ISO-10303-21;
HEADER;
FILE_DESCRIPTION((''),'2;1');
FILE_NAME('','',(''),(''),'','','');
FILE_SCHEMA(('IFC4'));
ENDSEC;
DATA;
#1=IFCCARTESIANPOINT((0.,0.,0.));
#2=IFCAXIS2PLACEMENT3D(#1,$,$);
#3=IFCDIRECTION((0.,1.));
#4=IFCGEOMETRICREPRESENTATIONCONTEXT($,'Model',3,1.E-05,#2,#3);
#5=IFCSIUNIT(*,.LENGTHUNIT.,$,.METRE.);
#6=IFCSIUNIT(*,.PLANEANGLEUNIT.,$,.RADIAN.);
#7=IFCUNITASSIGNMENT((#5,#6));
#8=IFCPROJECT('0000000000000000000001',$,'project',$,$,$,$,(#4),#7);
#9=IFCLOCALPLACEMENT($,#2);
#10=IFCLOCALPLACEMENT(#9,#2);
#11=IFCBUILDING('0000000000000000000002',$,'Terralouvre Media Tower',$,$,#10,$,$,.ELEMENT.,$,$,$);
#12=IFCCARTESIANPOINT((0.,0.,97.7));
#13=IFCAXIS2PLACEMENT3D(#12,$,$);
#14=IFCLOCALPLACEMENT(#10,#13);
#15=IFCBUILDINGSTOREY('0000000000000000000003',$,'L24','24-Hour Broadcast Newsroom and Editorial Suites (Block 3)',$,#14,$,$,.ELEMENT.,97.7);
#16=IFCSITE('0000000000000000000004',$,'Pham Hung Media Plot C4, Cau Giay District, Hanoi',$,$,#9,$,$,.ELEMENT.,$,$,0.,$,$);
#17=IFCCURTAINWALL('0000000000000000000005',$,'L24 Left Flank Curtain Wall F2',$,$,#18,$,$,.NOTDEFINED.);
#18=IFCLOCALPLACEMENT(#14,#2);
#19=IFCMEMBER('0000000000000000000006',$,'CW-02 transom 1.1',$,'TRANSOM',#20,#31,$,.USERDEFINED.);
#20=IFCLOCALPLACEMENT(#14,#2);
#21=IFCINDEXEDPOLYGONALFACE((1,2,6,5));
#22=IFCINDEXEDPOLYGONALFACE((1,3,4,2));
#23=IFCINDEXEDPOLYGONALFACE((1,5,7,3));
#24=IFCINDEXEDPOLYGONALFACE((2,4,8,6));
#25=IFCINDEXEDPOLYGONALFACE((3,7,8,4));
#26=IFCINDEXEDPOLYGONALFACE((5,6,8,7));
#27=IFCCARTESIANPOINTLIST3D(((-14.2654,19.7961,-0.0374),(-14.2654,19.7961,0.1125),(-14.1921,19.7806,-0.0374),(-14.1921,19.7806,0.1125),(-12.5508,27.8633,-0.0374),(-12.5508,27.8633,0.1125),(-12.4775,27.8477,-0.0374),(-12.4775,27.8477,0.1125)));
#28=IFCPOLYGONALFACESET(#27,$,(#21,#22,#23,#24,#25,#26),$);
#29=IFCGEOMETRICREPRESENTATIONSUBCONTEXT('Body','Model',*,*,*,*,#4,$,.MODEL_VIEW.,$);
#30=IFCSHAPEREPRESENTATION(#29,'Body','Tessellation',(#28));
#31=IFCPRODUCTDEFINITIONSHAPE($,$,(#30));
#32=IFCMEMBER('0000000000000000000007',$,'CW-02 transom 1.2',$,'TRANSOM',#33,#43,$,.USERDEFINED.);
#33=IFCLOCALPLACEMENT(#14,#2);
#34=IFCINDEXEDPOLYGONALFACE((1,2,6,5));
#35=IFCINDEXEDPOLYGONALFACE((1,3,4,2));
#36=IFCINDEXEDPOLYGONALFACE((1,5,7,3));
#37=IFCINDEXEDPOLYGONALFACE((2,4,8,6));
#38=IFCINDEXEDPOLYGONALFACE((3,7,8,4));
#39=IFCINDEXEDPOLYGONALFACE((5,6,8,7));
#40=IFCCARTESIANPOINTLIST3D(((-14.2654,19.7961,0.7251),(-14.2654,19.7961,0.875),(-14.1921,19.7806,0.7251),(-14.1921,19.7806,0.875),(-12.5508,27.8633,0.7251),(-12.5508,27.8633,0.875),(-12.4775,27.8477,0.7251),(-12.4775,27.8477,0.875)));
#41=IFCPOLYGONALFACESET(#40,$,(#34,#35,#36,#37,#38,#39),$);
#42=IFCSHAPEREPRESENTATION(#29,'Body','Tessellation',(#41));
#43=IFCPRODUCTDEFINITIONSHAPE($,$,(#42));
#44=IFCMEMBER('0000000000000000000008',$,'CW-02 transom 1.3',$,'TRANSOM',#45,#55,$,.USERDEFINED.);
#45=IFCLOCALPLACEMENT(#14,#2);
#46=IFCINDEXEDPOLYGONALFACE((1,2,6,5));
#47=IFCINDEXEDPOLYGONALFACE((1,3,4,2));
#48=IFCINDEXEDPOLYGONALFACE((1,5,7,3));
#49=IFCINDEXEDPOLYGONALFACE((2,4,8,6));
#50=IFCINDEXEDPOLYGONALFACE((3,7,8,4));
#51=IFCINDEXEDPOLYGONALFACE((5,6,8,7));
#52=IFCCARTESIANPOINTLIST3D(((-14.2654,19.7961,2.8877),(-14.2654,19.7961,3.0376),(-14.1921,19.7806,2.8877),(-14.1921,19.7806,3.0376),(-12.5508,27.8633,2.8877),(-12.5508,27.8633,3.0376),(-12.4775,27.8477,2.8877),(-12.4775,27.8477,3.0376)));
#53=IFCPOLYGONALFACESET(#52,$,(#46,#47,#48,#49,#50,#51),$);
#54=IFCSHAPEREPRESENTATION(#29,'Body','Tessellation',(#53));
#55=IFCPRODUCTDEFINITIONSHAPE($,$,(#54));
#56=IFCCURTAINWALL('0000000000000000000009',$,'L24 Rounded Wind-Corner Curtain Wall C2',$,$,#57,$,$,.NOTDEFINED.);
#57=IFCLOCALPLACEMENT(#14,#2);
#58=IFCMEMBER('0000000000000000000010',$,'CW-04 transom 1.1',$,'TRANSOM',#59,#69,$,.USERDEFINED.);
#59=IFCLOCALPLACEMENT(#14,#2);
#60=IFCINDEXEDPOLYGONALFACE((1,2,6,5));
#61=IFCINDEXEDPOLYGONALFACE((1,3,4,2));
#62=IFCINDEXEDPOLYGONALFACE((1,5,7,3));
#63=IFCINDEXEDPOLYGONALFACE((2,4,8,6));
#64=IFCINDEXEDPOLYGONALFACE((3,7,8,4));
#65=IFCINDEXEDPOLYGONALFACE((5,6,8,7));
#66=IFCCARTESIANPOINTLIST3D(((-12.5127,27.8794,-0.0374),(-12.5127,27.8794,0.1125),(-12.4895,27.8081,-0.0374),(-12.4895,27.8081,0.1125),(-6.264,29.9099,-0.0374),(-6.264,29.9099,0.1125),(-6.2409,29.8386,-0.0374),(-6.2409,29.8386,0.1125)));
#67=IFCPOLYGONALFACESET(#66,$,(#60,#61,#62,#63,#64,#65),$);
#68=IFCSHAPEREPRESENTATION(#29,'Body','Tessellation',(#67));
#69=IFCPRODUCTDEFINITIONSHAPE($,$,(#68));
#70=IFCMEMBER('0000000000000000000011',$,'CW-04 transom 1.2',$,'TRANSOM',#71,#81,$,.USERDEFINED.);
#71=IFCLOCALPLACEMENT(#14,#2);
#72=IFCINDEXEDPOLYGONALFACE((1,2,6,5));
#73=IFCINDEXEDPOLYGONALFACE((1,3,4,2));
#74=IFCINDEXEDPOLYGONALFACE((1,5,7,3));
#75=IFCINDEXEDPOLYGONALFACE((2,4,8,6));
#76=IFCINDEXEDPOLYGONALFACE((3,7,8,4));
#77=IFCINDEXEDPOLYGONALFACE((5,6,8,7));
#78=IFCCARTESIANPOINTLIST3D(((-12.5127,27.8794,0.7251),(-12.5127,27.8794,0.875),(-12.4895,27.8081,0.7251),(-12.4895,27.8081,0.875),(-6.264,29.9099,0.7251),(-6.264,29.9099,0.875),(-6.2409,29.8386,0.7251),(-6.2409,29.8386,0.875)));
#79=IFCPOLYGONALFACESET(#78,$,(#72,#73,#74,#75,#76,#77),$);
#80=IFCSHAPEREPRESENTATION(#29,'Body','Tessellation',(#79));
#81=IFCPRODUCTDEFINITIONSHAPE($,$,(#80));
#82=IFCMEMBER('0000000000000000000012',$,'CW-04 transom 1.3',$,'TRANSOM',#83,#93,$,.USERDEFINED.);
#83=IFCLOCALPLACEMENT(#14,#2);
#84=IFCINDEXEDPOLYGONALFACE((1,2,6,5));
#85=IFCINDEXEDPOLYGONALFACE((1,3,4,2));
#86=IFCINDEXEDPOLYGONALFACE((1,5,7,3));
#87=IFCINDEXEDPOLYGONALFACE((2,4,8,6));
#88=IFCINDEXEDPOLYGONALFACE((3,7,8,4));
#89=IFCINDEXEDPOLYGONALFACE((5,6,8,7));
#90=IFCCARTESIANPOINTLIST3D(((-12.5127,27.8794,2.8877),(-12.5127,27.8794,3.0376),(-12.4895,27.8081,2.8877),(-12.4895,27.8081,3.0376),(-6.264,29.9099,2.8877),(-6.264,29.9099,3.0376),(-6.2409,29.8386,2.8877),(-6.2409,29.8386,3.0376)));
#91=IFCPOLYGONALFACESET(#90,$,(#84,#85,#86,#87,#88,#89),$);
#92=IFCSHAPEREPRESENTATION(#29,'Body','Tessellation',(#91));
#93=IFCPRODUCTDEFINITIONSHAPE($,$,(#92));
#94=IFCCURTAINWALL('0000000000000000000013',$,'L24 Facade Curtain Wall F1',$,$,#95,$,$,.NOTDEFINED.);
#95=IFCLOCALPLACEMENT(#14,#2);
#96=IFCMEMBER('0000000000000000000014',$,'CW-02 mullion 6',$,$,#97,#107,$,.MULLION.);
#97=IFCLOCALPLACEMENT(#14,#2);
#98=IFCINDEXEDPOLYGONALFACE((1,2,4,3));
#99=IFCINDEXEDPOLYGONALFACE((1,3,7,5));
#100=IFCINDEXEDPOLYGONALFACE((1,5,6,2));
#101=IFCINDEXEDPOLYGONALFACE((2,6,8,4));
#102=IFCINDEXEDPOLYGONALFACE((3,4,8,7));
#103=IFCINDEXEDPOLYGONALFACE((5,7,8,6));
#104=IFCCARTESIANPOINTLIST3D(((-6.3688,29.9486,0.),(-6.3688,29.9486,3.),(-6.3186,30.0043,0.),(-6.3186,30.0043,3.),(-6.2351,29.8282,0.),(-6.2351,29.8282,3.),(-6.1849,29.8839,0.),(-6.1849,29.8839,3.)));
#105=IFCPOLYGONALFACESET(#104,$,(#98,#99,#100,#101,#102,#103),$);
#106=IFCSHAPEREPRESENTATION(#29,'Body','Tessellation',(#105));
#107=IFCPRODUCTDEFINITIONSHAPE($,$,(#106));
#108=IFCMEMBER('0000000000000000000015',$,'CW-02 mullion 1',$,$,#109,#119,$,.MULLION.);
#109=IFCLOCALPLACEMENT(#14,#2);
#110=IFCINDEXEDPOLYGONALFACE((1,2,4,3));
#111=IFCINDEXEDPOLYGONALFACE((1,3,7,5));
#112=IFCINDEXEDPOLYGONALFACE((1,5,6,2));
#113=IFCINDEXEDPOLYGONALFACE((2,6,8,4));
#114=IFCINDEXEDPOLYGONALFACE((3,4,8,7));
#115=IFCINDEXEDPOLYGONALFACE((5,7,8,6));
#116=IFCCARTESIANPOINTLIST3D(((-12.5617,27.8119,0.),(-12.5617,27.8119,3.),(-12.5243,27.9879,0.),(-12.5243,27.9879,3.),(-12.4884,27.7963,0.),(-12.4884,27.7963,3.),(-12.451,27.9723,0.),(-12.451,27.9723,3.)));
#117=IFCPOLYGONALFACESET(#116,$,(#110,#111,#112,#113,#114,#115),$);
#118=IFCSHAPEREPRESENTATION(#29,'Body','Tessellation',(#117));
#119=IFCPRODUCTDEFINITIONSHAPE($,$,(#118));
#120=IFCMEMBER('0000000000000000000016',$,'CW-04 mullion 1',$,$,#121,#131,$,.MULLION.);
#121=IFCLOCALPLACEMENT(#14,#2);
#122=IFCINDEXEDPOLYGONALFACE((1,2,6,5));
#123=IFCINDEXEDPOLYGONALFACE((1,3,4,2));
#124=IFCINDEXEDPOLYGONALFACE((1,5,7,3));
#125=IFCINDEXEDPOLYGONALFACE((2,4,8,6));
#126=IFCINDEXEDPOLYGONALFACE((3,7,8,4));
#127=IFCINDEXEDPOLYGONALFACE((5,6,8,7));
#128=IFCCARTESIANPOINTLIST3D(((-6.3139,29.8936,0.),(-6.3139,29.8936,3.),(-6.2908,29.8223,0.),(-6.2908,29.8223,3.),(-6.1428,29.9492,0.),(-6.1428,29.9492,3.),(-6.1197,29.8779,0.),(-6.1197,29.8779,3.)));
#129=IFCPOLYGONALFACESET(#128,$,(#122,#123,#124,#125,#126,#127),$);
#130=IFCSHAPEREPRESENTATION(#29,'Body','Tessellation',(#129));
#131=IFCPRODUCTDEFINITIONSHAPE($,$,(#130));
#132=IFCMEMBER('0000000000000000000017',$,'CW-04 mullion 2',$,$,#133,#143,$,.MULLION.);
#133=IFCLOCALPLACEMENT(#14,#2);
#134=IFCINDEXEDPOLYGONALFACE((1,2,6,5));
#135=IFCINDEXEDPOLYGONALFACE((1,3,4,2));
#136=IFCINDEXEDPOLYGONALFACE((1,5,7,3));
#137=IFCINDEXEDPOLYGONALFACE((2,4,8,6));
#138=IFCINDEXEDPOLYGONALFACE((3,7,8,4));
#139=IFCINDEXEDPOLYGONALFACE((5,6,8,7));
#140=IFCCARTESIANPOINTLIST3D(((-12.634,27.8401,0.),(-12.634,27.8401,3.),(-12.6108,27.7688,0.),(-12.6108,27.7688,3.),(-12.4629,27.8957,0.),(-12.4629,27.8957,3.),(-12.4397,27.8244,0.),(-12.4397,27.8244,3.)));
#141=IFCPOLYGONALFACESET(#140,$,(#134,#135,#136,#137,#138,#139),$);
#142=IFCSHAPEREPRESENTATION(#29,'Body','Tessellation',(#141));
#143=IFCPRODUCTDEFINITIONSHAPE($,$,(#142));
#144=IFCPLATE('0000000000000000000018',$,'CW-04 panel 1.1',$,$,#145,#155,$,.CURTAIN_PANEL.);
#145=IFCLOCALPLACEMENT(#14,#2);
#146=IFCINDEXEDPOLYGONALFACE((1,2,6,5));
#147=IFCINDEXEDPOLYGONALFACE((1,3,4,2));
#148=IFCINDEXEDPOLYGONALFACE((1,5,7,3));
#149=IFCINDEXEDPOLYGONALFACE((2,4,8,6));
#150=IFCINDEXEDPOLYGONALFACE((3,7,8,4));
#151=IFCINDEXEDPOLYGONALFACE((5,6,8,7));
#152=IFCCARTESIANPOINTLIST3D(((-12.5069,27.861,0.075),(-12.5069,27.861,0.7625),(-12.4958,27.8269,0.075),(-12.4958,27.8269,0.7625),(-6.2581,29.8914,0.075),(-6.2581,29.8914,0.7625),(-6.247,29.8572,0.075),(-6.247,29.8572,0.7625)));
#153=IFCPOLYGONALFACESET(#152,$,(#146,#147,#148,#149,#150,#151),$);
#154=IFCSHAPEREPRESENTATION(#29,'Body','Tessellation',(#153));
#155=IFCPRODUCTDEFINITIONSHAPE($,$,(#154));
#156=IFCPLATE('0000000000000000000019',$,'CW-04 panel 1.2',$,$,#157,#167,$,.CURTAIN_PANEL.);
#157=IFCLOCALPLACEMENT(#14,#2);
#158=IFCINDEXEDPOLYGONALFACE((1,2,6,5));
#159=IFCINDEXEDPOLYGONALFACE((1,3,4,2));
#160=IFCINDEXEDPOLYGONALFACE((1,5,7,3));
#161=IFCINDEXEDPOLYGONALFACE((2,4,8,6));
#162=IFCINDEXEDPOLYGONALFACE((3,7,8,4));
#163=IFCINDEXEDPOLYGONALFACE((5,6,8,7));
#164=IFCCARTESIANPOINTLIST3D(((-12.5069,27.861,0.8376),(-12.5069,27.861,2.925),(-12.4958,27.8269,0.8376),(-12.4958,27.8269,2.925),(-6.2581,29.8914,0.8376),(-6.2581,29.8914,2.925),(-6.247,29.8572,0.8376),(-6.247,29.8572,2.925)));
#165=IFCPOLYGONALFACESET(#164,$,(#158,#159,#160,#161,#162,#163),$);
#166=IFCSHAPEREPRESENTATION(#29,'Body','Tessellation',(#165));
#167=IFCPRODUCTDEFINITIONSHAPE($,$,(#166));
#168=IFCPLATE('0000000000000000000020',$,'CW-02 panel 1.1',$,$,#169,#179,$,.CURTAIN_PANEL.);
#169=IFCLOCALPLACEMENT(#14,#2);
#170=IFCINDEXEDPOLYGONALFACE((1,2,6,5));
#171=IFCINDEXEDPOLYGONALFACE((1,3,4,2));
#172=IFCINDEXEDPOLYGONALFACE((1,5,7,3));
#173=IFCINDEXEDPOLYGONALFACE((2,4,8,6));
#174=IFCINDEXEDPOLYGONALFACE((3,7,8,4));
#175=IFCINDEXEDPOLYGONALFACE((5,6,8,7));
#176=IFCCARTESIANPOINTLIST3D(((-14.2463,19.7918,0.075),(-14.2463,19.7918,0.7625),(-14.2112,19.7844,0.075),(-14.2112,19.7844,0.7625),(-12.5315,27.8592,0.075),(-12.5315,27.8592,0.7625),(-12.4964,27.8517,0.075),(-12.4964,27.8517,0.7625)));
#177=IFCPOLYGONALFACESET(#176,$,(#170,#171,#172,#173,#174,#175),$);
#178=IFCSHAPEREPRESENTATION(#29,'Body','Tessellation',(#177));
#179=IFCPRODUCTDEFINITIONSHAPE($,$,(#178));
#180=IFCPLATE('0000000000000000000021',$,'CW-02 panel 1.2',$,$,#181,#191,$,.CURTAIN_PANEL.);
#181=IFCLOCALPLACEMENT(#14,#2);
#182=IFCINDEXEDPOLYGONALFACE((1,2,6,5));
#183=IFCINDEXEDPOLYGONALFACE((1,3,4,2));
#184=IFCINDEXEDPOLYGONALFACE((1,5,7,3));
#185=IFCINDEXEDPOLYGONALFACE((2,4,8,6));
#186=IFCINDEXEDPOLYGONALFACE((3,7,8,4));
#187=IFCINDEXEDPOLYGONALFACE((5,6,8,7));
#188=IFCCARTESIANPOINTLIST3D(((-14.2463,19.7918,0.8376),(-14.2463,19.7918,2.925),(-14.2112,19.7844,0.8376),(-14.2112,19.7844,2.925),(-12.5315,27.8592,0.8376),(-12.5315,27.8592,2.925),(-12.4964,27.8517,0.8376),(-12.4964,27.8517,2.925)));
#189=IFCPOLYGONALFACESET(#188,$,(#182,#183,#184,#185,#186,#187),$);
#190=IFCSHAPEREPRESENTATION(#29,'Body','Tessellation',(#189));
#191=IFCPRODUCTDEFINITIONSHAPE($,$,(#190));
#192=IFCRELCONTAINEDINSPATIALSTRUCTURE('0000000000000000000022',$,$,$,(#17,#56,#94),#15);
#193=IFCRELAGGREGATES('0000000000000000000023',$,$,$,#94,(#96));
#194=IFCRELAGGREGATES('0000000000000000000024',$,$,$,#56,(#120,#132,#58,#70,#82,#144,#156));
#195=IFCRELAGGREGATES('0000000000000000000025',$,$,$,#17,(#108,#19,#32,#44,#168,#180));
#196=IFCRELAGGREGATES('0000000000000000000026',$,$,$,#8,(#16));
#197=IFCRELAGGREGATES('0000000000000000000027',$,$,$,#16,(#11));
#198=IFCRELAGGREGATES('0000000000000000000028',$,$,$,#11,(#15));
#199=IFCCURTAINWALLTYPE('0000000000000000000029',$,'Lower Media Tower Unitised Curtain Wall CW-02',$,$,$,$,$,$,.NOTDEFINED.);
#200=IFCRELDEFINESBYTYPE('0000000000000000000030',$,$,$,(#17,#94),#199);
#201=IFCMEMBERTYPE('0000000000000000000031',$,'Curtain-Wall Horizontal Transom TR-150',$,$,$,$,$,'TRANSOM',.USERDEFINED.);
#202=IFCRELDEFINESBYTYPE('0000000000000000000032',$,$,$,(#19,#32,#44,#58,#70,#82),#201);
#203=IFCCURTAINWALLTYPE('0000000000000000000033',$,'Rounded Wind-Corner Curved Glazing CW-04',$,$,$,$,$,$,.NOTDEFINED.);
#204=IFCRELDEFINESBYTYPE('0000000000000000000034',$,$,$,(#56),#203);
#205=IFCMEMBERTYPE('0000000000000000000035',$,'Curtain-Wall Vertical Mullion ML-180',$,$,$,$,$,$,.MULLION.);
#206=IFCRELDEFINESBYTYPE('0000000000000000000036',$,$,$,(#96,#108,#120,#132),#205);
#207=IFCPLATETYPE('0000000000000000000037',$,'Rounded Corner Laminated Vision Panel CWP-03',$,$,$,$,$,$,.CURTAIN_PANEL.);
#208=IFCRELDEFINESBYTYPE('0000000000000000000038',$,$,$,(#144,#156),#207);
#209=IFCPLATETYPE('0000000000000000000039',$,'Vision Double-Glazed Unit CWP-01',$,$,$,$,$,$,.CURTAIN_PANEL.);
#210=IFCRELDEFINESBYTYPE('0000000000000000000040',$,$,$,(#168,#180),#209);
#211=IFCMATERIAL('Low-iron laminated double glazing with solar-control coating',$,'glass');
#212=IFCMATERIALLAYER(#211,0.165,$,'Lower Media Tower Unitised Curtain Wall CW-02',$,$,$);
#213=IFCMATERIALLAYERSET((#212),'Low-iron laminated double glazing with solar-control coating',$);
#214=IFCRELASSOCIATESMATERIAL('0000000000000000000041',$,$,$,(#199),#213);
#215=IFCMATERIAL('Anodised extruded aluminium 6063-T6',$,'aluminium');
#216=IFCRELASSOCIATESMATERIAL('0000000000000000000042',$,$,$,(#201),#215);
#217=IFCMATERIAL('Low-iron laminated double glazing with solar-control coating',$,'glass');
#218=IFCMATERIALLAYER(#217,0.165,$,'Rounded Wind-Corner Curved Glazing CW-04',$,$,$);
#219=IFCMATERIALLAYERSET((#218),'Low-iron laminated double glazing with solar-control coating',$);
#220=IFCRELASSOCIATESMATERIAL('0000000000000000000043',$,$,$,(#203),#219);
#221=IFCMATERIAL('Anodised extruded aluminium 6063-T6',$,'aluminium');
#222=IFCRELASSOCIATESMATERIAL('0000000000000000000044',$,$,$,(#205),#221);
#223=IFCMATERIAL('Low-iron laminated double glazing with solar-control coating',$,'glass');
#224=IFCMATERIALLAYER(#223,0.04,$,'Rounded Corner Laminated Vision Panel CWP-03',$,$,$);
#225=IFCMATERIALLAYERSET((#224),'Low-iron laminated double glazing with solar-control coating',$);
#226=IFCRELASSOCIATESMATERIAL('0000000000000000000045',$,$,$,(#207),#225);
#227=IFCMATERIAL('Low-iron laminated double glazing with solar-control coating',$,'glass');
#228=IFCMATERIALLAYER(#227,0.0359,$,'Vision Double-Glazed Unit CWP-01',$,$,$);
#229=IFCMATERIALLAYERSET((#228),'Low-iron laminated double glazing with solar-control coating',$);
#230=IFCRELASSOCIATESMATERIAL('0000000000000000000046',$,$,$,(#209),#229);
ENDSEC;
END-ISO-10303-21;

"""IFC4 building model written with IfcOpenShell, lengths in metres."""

from ifc_helpers import new_model, si_unit, direction, frame, origin, origin_2d, place, context, subcontext, project, spatial, rectangle, extrude, material, layer, layer_set, material_profile, profile_set, type_object, element, aggregate, save


model = new_model("IFC4")

# Units and contexts
model_context = context("Model", 3, precision=1e-05, world=origin(), true_north=direction((0.0, 1.0)))
body_context = subcontext(model_context, "Body", "Model", "MODEL_VIEW")
ifc_project = project(units=[si_unit("LENGTHUNIT", "METRE"), si_unit("PLANEANGLEUNIT", "RADIAN")], contexts=[model_context])

# Site, building, storey
site_placement = place(None, origin())
site = spatial("IfcSite", under=ifc_project, at=site_placement, Name="Pham Hung Media Plot C4, Cau Giay District, Hanoi", CompositionType="ELEMENT", RefElevation=0.0)
building_placement = place(site_placement, origin())
building = spatial("IfcBuilding", under=site, at=building_placement, Name="Terralouvre Media Tower", CompositionType="ELEMENT")
storey_placement = place(building_placement, frame((0.0, 0.0, 97.7)))
storey = spatial("IfcBuildingStorey", under=building, at=storey_placement, Name="L24", Description="24-Hour Broadcast Newsroom and Editorial Suites (Block 3)", CompositionType="ELEMENT", Elevation=97.7)

# Curtain walls, members
ifc_material_1 = material(Name="Low-iron laminated double glazing with solar-control coating", Category="glass")
ifc_layer_1 = layer(ifc_material_1, 0.165, Name="Lower Media Tower Unitised Curtain Wall CW-02")
ifc_layer_set_1 = layer_set([ifc_layer_1], Name="Low-iron laminated double glazing with solar-control coating")
curtain_wall_type_1 = type_object("IfcCurtainWallType", Name="Lower Media Tower Unitised Curtain Wall CW-02", PredefinedType="NOTDEFINED", material=ifc_layer_set_1)
curtain_wall_1_placement = place(storey_placement, origin())
curtain_wall_1 = element("IfcCurtainWall", 1, at=curtain_wall_1_placement, inside=storey, type_object=curtain_wall_type_1, Name="L24 Left Flank Curtain Wall F2", PredefinedType="NOTDEFINED")
ifc_material_2 = material(Name="Anodised extruded aluminium 6063-T6", Category="aluminium")
ifc_material_profile_1 = material_profile(ifc_material_2, rectangle(XDim=0.075, YDim=0.1499, at=origin_2d()), Name="ALU 75x150")
ifc_profile_set_1 = profile_set([ifc_material_profile_1], Name="Anodised extruded aluminium 6063-T6")
member_type_1 = type_object("IfcMemberType", Name="Curtain-Wall Horizontal Transom TR-150", ElementType="TRANSOM", PredefinedType="USERDEFINED", material=ifc_profile_set_1)
member_1_placement = place(storey_placement, frame((-12.5142, 27.8555, 0.0376), z_axis=(-0.207897, -0.978151, 0.0), x_axis=(0.978151, -0.207897, 0.0)))
member_1 = element("IfcMember", 2, at=member_1_placement, type_object=member_type_1, Name="CW-02 transom 1.1", ObjectType="TRANSOM", PredefinedType="USERDEFINED", context=body_context, shape_type="SweptSolid", body=[
    extrude(rectangle(XDim=0.075, YDim=0.1499, at=origin_2d()), origin(), (0.0, 0.0, 1.0), 8.2473),
])
member_2_placement = place(storey_placement, frame((-12.5142, 27.8555, 0.8), z_axis=(-0.207897, -0.978151, 0.0), x_axis=(0.978151, -0.207897, 0.0)))
member_2 = element("IfcMember", 3, at=member_2_placement, type_object=member_type_1, Name="CW-02 transom 1.2", ObjectType="TRANSOM", PredefinedType="USERDEFINED", context=body_context, shape_type="SweptSolid", body=[
    extrude(rectangle(XDim=0.075, YDim=0.1499, at=origin_2d()), origin(), (0.0, 0.0, 1.0), 8.2473),
])
member_3_placement = place(storey_placement, frame((-12.5142, 27.8555, 2.9626), z_axis=(-0.207897, -0.978151, 0.0), x_axis=(0.978151, -0.207897, 0.0)))
member_3 = element("IfcMember", 4, at=member_3_placement, type_object=member_type_1, Name="CW-02 transom 1.3", ObjectType="TRANSOM", PredefinedType="USERDEFINED", context=body_context, shape_type="SweptSolid", body=[
    extrude(rectangle(XDim=0.075, YDim=0.1499, at=origin_2d()), origin(), (0.0, 0.0, 1.0), 8.2473),
])
ifc_material_3 = material(Name="Low-iron laminated double glazing with solar-control coating", Category="glass")
ifc_layer_2 = layer(ifc_material_3, 0.165, Name="Rounded Wind-Corner Curved Glazing CW-04")
ifc_layer_set_2 = layer_set([ifc_layer_2], Name="Low-iron laminated double glazing with solar-control coating")
curtain_wall_type_2 = type_object("IfcCurtainWallType", Name="Rounded Wind-Corner Curved Glazing CW-04", PredefinedType="NOTDEFINED", material=ifc_layer_set_2)
curtain_wall_2_placement = place(storey_placement, origin())
curtain_wall_2 = element("IfcCurtainWall", 5, at=curtain_wall_2_placement, inside=storey, type_object=curtain_wall_type_2, Name="L24 Rounded Wind-Corner Curtain Wall C2", PredefinedType="NOTDEFINED")
member_4_placement = place(storey_placement, frame((-6.2524, 29.8743, 0.0376), z_axis=(-0.951049, -0.30904, 0.0), x_axis=(0.30904, -0.951049, 0.0)))
member_4 = element("IfcMember", 6, at=member_4_placement, type_object=member_type_1, Name="CW-04 transom 1.1", ObjectType="TRANSOM", PredefinedType="USERDEFINED", context=body_context, shape_type="SweptSolid", body=[
    extrude(rectangle(XDim=0.075, YDim=0.1499, at=origin_2d()), origin(), (0.0, 0.0, 1.0), 6.5703),
])
member_5_placement = place(storey_placement, frame((-6.2524, 29.8743, 0.8), z_axis=(-0.951049, -0.30904, 0.0), x_axis=(0.30904, -0.951049, 0.0)))
member_5 = element("IfcMember", 7, at=member_5_placement, type_object=member_type_1, Name="CW-04 transom 1.2", ObjectType="TRANSOM", PredefinedType="USERDEFINED", context=body_context, shape_type="SweptSolid", body=[
    extrude(rectangle(XDim=0.075, YDim=0.1499, at=origin_2d()), origin(), (0.0, 0.0, 1.0), 6.5703),
])
member_6_placement = place(storey_placement, frame((-6.2524, 29.8743, 2.9626), z_axis=(-0.951049, -0.30904, 0.0), x_axis=(0.30904, -0.951049, 0.0)))
member_6 = element("IfcMember", 8, at=member_6_placement, type_object=member_type_1, Name="CW-04 transom 1.3", ObjectType="TRANSOM", PredefinedType="USERDEFINED", context=body_context, shape_type="SweptSolid", body=[
    extrude(rectangle(XDim=0.075, YDim=0.1499, at=origin_2d()), origin(), (0.0, 0.0, 1.0), 6.5703),
])

# Curtain wall, member
curtain_wall_3_placement = place(storey_placement, origin())
curtain_wall_3 = element("IfcCurtainWall", 9, at=curtain_wall_3_placement, inside=storey, type_object=curtain_wall_type_1, Name="L24 Facade Curtain Wall F1", PredefinedType="NOTDEFINED")
ifc_material_4 = material(Name="Anodised extruded aluminium 6063-T6", Category="aluminium")
ifc_material_profile_2 = material_profile(ifc_material_4, rectangle(XDim=0.075, YDim=0.1799, at=origin_2d()), Name="ALU 75x180")
ifc_profile_set_2 = profile_set([ifc_material_profile_2], Name="Anodised extruded aluminium 6063-T6")
member_type_2 = type_object("IfcMemberType", Name="Curtain-Wall Vertical Mullion ML-180", PredefinedType="MULLION", material=ifc_profile_set_2)
member_7_placement = place(storey_placement, frame((-6.2769, 29.9163, 0.0), z_axis=(0.0, 0.0, 1.0), x_axis=(-0.669131, -0.743145, 0.0)))
member_7 = element("IfcMember", 10, at=member_7_placement, type_object=member_type_2, Name="CW-02 mullion 6", PredefinedType="MULLION", context=body_context, shape_type="SweptSolid", body=[
    extrude(rectangle(XDim=0.075, YDim=0.1799, at=origin_2d()), origin(), (0.0, 0.0, 1.0), 3.0),
])
aggregate(curtain_wall_3, [member_7])

# Members
member_8_placement = place(storey_placement, frame((-12.5063, 27.8921, 0.0), z_axis=(0.0, 0.0, 1.0), x_axis=(0.978148, -0.207912, 0.0)))
member_8 = element("IfcMember", 11, at=member_8_placement, type_object=member_type_2, Name="CW-02 mullion 1", PredefinedType="MULLION", context=body_context, shape_type="SweptSolid", body=[
    extrude(rectangle(XDim=0.075, YDim=0.1799, at=origin_2d()), origin(), (0.0, 0.0, 1.0), 3.0),
])
member_9_placement = place(storey_placement, frame((-6.2168, 29.8857, 0.0), z_axis=(0.0, 0.0, 1.0), x_axis=(0.309018, -0.951056, 0.0)))
member_9 = element("IfcMember", 12, at=member_9_placement, type_object=member_type_2, Name="CW-04 mullion 1", PredefinedType="MULLION", context=body_context, shape_type="SweptSolid", body=[
    extrude(rectangle(XDim=0.075, YDim=0.1799, at=origin_2d()), origin(), (0.0, 0.0, 1.0), 3.0),
])
member_10_placement = place(storey_placement, frame((-12.5369, 27.8323, 0.0), z_axis=(0.0, 0.0, 1.0), x_axis=(0.309018, -0.951056, 0.0)))
member_10 = element("IfcMember", 13, at=member_10_placement, type_object=member_type_2, Name="CW-04 mullion 2", PredefinedType="MULLION", context=body_context, shape_type="SweptSolid", body=[
    extrude(rectangle(XDim=0.075, YDim=0.1799, at=origin_2d()), origin(), (0.0, 0.0, 1.0), 3.0),
])

# Plates
ifc_material_5 = material(Name="Low-iron laminated double glazing with solar-control coating", Category="glass")
ifc_layer_3 = layer(ifc_material_5, 0.04, Name="Rounded Corner Laminated Vision Panel CWP-03")
ifc_layer_set_3 = layer_set([ifc_layer_3], Name="Low-iron laminated double glazing with solar-control coating")
plate_type_1 = type_object("IfcPlateType", Name="Rounded Corner Laminated Vision Panel CWP-03", PredefinedType="CURTAIN_PANEL", material=ifc_layer_set_3)
plate_1_placement = place(storey_placement, frame((-9.377, 28.8591, 0.075), z_axis=(0.0, 0.0, 1.0), x_axis=(-0.951056, -0.309018, 0.0)))
plate_1 = element("IfcPlate", 14, at=plate_1_placement, type_object=plate_type_1, Name="CW-04 panel 1.1", PredefinedType="CURTAIN_PANEL", context=body_context, shape_type="SweptSolid", body=[
    extrude(rectangle(XDim=6.5703, YDim=0.0359, at=origin_2d()), origin(), (0.0, 0.0, 1.0), 0.6875),
])
plate_2_placement = place(storey_placement, frame((-9.377, 28.8591, 0.8376), z_axis=(0.0, 0.0, 1.0), x_axis=(-0.951056, -0.309018, 0.0)))
plate_2 = element("IfcPlate", 15, at=plate_2_placement, type_object=plate_type_1, Name="CW-04 panel 1.2", PredefinedType="CURTAIN_PANEL", context=body_context, shape_type="SweptSolid", body=[
    extrude(rectangle(XDim=6.5703, YDim=0.0359, at=origin_2d()), origin(), (0.0, 0.0, 1.0), 2.0874),
])
aggregate(curtain_wall_2, [member_9, member_10, member_4, member_5, member_6, plate_1, plate_2])
ifc_material_6 = material(Name="Low-iron laminated double glazing with solar-control coating", Category="glass")
ifc_layer_4 = layer(ifc_material_6, 0.0359, Name="Vision Double-Glazed Unit CWP-01")
ifc_layer_set_4 = layer_set([ifc_layer_4], Name="Low-iron laminated double glazing with solar-control coating")
plate_type_2 = type_object("IfcPlateType", Name="Vision Double-Glazed Unit CWP-01", PredefinedType="CURTAIN_PANEL", material=ifc_layer_set_4)
plate_3_placement = place(storey_placement, frame((-13.3713, 23.8218, 0.075), z_axis=(0.0, 0.0, 1.0), x_axis=(-0.207912, -0.978148, 0.0)))
plate_3 = element("IfcPlate", 16, at=plate_3_placement, type_object=plate_type_2, Name="CW-02 panel 1.1", PredefinedType="CURTAIN_PANEL", context=body_context, shape_type="SweptSolid", body=[
    extrude(rectangle(XDim=8.2476, YDim=0.0359, at=origin_2d()), origin(), (0.0, 0.0, 1.0), 0.6875),
])
plate_4_placement = place(storey_placement, frame((-13.3713, 23.8218, 0.8376), z_axis=(0.0, 0.0, 1.0), x_axis=(-0.207912, -0.978148, 0.0)))
plate_4 = element("IfcPlate", 17, at=plate_4_placement, type_object=plate_type_2, Name="CW-02 panel 1.2", PredefinedType="CURTAIN_PANEL", context=body_context, shape_type="SweptSolid", body=[
    extrude(rectangle(XDim=8.2476, YDim=0.0359, at=origin_2d()), origin(), (0.0, 0.0, 1.0), 2.0874),
])
aggregate(curtain_wall_1, [member_8, member_1, member_2, member_3, plate_3, plate_4])

save(model, "model.ifc")
